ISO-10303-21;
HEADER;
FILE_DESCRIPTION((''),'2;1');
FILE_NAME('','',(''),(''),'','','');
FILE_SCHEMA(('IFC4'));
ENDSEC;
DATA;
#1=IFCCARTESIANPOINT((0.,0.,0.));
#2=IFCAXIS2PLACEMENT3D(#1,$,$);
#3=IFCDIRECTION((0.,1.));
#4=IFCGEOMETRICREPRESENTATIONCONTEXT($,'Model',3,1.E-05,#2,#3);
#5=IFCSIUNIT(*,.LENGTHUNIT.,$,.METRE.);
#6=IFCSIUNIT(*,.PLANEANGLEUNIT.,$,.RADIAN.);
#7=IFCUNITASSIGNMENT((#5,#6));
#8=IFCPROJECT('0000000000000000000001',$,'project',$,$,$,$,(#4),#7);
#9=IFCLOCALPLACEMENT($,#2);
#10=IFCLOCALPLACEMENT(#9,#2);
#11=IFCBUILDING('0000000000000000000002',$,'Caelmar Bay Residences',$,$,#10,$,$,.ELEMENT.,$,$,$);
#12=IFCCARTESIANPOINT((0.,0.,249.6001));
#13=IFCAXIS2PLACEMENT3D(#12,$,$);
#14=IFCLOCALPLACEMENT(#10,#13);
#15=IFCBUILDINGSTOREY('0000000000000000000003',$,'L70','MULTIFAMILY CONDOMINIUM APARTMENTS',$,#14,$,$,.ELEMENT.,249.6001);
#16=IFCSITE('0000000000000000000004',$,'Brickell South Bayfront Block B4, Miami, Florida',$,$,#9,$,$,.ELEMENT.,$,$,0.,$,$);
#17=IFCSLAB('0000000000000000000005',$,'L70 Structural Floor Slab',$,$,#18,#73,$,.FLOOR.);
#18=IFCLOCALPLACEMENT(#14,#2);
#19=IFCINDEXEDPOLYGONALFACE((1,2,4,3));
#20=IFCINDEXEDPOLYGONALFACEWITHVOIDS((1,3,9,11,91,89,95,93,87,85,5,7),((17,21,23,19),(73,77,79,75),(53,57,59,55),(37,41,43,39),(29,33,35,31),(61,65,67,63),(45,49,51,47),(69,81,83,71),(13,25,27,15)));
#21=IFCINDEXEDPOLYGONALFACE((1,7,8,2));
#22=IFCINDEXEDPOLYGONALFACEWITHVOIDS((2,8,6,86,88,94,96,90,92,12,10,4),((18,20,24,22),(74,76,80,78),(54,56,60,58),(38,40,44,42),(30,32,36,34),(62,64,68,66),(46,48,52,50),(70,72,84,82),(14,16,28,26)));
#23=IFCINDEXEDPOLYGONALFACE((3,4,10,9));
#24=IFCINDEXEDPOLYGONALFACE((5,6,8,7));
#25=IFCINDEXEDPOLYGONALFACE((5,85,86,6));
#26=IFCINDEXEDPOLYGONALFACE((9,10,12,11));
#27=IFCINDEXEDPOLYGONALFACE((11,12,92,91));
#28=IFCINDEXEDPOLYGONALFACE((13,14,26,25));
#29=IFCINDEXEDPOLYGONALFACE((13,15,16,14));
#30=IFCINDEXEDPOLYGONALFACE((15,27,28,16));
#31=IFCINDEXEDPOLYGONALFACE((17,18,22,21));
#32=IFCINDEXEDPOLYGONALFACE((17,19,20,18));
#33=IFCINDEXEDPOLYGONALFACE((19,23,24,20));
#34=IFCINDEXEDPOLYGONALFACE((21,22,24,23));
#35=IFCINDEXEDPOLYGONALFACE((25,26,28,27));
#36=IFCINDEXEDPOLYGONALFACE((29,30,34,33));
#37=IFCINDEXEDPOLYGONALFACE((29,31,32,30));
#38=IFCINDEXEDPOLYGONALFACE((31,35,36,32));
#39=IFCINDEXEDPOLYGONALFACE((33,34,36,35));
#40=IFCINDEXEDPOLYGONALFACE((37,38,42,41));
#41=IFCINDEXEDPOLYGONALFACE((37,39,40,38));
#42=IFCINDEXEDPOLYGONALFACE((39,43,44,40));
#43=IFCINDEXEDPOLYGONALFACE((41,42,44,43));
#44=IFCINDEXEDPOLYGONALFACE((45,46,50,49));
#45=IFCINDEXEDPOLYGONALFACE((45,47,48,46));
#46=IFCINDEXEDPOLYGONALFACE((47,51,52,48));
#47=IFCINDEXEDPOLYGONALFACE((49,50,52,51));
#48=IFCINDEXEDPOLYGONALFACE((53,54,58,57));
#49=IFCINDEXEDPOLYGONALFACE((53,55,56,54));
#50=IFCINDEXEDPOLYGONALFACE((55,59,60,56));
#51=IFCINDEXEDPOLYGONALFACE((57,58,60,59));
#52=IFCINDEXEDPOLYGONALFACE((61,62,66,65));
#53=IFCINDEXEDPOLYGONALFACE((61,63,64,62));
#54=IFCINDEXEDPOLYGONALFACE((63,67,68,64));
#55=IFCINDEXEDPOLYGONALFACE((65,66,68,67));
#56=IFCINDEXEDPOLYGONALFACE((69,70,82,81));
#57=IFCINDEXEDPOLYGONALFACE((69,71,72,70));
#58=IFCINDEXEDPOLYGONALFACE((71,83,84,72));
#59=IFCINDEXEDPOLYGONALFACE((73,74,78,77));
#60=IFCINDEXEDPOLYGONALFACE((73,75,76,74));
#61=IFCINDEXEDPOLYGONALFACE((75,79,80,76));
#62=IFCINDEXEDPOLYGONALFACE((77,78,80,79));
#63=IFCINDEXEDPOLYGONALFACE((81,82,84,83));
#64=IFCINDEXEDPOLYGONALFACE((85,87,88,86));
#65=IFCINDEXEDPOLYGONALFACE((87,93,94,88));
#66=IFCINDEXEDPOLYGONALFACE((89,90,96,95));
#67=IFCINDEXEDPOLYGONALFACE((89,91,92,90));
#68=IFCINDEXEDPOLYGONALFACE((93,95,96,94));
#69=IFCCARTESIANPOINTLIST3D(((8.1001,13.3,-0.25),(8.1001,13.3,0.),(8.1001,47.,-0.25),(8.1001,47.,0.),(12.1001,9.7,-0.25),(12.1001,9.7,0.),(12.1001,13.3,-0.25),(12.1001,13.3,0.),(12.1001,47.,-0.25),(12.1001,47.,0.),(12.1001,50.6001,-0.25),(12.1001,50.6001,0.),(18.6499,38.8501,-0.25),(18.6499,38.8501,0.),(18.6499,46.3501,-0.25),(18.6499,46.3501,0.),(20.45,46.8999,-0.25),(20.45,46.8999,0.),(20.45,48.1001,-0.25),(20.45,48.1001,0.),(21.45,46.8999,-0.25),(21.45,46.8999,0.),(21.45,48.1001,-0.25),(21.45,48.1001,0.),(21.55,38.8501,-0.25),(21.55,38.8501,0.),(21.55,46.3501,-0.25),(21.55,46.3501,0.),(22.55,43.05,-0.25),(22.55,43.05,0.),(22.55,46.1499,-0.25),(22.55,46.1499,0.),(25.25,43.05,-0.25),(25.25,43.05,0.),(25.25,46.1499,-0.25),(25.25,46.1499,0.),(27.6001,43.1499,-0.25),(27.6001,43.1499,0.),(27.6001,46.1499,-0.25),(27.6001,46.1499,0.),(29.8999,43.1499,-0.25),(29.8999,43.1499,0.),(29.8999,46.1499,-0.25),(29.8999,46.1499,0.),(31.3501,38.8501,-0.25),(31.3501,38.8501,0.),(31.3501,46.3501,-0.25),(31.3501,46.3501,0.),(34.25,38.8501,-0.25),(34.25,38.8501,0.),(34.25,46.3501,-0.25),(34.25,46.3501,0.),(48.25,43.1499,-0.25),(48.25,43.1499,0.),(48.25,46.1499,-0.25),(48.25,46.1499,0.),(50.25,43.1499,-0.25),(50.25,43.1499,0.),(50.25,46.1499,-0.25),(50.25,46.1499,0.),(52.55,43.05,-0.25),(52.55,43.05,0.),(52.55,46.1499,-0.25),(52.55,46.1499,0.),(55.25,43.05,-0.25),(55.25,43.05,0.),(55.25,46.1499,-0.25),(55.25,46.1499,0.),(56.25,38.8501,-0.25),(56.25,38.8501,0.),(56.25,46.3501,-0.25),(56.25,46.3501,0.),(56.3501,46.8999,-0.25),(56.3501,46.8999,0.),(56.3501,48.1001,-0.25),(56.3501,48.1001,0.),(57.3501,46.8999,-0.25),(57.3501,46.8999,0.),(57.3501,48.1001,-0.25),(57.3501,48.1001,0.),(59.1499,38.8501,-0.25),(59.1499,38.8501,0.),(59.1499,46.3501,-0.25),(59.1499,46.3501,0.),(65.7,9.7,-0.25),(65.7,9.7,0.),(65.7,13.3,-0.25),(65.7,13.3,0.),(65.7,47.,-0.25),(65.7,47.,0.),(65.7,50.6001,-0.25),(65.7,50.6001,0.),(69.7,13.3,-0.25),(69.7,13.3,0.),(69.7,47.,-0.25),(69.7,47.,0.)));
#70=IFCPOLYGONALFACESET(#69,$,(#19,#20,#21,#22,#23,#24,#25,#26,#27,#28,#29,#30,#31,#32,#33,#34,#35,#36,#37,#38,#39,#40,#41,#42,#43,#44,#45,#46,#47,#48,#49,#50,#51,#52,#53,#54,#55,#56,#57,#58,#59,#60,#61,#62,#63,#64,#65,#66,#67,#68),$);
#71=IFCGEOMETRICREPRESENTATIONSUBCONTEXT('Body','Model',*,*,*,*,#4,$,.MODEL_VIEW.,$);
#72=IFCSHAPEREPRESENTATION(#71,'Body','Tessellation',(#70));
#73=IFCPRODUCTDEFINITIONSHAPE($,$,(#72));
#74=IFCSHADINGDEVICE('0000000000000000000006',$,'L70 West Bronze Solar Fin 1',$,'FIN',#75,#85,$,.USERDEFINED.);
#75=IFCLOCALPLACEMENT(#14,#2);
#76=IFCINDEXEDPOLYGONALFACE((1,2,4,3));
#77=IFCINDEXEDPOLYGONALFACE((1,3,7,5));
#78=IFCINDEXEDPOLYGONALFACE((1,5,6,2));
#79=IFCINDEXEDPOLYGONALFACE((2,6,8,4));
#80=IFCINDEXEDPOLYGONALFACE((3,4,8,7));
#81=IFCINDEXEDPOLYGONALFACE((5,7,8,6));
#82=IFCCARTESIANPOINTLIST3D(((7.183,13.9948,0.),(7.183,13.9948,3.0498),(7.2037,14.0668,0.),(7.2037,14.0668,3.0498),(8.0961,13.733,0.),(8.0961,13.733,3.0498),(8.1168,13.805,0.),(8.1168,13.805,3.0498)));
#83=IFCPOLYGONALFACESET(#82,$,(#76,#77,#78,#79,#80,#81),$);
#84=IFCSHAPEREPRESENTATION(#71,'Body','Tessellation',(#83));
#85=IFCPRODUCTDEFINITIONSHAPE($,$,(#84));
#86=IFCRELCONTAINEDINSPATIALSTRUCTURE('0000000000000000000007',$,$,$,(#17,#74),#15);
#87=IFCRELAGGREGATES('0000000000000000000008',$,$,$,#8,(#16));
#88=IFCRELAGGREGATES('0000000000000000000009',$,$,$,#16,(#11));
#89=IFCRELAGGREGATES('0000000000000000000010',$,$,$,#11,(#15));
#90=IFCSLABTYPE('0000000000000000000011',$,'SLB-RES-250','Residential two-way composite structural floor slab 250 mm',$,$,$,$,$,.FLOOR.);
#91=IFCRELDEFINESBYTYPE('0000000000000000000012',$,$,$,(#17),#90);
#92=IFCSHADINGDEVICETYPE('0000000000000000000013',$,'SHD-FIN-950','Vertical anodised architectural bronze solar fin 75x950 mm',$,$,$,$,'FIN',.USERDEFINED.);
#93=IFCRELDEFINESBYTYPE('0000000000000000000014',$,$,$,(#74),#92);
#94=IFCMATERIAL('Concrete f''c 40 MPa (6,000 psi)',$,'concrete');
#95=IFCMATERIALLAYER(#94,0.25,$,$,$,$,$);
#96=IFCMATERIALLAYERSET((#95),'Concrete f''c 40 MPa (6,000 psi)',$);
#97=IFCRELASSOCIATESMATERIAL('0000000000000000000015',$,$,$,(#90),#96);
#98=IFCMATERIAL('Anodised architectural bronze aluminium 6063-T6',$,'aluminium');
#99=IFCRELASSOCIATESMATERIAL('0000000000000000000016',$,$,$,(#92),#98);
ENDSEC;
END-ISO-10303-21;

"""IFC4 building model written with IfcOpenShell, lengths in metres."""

from ifc_helpers import new_model, si_unit, direction, frame, origin, origin_2d, place, context, subcontext, project, spatial, polyline, rectangle, outline, extrude, material, layer, layer_set, material_profile, profile_set, type_object, element, save


model = new_model("IFC4")

# Units and contexts
model_context = context("Model", 3, precision=1e-05, world=origin(), true_north=direction((0.0, 1.0)))
body_context = subcontext(model_context, "Body", "Model", "MODEL_VIEW")
ifc_project = project(units=[si_unit("LENGTHUNIT", "METRE"), si_unit("PLANEANGLEUNIT", "RADIAN")], contexts=[model_context])

# Site, building, storey
site_placement = place(None, origin())
site = spatial("IfcSite", under=ifc_project, at=site_placement, Name="Brickell South Bayfront Block B4, Miami, Florida", CompositionType="ELEMENT", RefElevation=0.0)
building_placement = place(site_placement, origin())
building = spatial("IfcBuilding", under=site, at=building_placement, Name="Caelmar Bay Residences", CompositionType="ELEMENT")
storey_placement = place(building_placement, frame((0.0, 0.0, 249.6001)))
storey = spatial("IfcBuildingStorey", under=building, at=storey_placement, Name="L70", Description="MULTIFAMILY CONDOMINIUM APARTMENTS", CompositionType="ELEMENT", Elevation=249.6001)

# Shared definitions
ifc_material_1 = material(Name="Concrete f'c 40 MPa (6,000 psi)", Category="concrete")

# Slab
ifc_layer_1 = layer(ifc_material_1, 0.25)
ifc_layer_set_1 = layer_set([ifc_layer_1], Name="Concrete f'c 40 MPa (6,000 psi)")
slab_type_1 = type_object("IfcSlabType", Name="SLB-RES-250", Description="Residential two-way composite structural floor slab 250 mm", PredefinedType="FLOOR", material=ifc_layer_set_1)
slab_1_placement = place(storey_placement, frame((0.0, 0.0, -0.25)))
element("IfcSlab", 1, at=slab_1_placement, inside=storey, type_object=slab_type_1, Name="L70 Structural Floor Slab", PredefinedType="FLOOR", context=body_context, shape_type="SweptSolid", body=[
    extrude(outline(polyline([(12.1001, 9.7), (65.7, 9.7), (65.7, 13.3), (69.7, 13.3), (69.7, 47.0), (65.7, 47.0), (65.7, 50.6001), (12.1001, 50.6001), (12.1001, 47.0), (8.1001, 47.0), (8.1001, 13.3), (12.1001, 13.3), (12.1001, 9.7)]), holes=[polyline([(18.6499, 38.8501), (21.55, 38.8501), (21.55, 46.3501), (18.6499, 46.3501), (18.6499, 38.8501)]), polyline([(56.25, 38.8501), (59.1499, 38.8501), (59.1499, 46.3501), (56.25, 46.3501), (56.25, 38.8501)]), polyline([(31.3501, 38.8501), (34.25, 38.8501), (34.25, 46.3501), (31.3501, 46.3501), (31.3501, 38.8501)]), polyline([(22.55, 43.05), (25.25, 43.05), (25.25, 46.1499), (22.55, 46.1499), (22.55, 43.05)]), polyline([(52.55, 43.05), (55.25, 43.05), (55.25, 46.1499), (52.55, 46.1499), (52.55, 43.05)]), polyline([(48.25, 43.1499), (50.25, 43.1499), (50.25, 46.1499), (48.25, 46.1499), (48.25, 43.1499)]), polyline([(27.6001, 43.1499), (29.8999, 43.1499), (29.8999, 46.1499), (27.6001, 46.1499), (27.6001, 43.1499)]), polyline([(20.45, 46.8999), (21.45, 46.8999), (21.45, 48.1001), (20.45, 48.1001), (20.45, 46.8999)]), polyline([(56.3501, 46.8999), (57.3501, 46.8999), (57.3501, 48.1001), (56.3501, 48.1001), (56.3501, 46.8999)])]), origin(), (0.0, 0.0, 1.0), 0.25),
])

# Shading device
ifc_material_2 = material(Name="Anodised architectural bronze aluminium 6063-T6", Category="aluminium")
ifc_material_profile_1 = material_profile(ifc_material_2, rectangle(XDim=0.075, YDim=0.95, at=origin_2d()), Name="BRONZE-FIN-75X950")
ifc_profile_set_1 = profile_set([ifc_material_profile_1], Name="Anodised architectural bronze aluminium 6063-T6")
shading_device_type = type_object("IfcShadingDeviceType", Name="SHD-FIN-950", Description="Vertical anodised architectural bronze solar fin 75x950 mm", ElementType="FIN", PredefinedType="USERDEFINED", material=ifc_profile_set_1)
shading_device_placement = place(storey_placement, frame((7.6499, 13.8999, 0.0), z_axis=(0.0, 0.0, 1.0), x_axis=(0.275637, 0.961262, 0.0)))
element("IfcShadingDevice", 2, at=shading_device_placement, inside=storey, type_object=shading_device_type, Name="L70 West Bronze Solar Fin 1", ObjectType="FIN", PredefinedType="USERDEFINED", context=body_context, shape_type="SweptSolid", body=[
    extrude(rectangle(XDim=0.075, YDim=0.95, at=origin_2d()), origin(), (0.0, 0.0, 1.0), 3.0498),
])

save(model, "model.ifc")
